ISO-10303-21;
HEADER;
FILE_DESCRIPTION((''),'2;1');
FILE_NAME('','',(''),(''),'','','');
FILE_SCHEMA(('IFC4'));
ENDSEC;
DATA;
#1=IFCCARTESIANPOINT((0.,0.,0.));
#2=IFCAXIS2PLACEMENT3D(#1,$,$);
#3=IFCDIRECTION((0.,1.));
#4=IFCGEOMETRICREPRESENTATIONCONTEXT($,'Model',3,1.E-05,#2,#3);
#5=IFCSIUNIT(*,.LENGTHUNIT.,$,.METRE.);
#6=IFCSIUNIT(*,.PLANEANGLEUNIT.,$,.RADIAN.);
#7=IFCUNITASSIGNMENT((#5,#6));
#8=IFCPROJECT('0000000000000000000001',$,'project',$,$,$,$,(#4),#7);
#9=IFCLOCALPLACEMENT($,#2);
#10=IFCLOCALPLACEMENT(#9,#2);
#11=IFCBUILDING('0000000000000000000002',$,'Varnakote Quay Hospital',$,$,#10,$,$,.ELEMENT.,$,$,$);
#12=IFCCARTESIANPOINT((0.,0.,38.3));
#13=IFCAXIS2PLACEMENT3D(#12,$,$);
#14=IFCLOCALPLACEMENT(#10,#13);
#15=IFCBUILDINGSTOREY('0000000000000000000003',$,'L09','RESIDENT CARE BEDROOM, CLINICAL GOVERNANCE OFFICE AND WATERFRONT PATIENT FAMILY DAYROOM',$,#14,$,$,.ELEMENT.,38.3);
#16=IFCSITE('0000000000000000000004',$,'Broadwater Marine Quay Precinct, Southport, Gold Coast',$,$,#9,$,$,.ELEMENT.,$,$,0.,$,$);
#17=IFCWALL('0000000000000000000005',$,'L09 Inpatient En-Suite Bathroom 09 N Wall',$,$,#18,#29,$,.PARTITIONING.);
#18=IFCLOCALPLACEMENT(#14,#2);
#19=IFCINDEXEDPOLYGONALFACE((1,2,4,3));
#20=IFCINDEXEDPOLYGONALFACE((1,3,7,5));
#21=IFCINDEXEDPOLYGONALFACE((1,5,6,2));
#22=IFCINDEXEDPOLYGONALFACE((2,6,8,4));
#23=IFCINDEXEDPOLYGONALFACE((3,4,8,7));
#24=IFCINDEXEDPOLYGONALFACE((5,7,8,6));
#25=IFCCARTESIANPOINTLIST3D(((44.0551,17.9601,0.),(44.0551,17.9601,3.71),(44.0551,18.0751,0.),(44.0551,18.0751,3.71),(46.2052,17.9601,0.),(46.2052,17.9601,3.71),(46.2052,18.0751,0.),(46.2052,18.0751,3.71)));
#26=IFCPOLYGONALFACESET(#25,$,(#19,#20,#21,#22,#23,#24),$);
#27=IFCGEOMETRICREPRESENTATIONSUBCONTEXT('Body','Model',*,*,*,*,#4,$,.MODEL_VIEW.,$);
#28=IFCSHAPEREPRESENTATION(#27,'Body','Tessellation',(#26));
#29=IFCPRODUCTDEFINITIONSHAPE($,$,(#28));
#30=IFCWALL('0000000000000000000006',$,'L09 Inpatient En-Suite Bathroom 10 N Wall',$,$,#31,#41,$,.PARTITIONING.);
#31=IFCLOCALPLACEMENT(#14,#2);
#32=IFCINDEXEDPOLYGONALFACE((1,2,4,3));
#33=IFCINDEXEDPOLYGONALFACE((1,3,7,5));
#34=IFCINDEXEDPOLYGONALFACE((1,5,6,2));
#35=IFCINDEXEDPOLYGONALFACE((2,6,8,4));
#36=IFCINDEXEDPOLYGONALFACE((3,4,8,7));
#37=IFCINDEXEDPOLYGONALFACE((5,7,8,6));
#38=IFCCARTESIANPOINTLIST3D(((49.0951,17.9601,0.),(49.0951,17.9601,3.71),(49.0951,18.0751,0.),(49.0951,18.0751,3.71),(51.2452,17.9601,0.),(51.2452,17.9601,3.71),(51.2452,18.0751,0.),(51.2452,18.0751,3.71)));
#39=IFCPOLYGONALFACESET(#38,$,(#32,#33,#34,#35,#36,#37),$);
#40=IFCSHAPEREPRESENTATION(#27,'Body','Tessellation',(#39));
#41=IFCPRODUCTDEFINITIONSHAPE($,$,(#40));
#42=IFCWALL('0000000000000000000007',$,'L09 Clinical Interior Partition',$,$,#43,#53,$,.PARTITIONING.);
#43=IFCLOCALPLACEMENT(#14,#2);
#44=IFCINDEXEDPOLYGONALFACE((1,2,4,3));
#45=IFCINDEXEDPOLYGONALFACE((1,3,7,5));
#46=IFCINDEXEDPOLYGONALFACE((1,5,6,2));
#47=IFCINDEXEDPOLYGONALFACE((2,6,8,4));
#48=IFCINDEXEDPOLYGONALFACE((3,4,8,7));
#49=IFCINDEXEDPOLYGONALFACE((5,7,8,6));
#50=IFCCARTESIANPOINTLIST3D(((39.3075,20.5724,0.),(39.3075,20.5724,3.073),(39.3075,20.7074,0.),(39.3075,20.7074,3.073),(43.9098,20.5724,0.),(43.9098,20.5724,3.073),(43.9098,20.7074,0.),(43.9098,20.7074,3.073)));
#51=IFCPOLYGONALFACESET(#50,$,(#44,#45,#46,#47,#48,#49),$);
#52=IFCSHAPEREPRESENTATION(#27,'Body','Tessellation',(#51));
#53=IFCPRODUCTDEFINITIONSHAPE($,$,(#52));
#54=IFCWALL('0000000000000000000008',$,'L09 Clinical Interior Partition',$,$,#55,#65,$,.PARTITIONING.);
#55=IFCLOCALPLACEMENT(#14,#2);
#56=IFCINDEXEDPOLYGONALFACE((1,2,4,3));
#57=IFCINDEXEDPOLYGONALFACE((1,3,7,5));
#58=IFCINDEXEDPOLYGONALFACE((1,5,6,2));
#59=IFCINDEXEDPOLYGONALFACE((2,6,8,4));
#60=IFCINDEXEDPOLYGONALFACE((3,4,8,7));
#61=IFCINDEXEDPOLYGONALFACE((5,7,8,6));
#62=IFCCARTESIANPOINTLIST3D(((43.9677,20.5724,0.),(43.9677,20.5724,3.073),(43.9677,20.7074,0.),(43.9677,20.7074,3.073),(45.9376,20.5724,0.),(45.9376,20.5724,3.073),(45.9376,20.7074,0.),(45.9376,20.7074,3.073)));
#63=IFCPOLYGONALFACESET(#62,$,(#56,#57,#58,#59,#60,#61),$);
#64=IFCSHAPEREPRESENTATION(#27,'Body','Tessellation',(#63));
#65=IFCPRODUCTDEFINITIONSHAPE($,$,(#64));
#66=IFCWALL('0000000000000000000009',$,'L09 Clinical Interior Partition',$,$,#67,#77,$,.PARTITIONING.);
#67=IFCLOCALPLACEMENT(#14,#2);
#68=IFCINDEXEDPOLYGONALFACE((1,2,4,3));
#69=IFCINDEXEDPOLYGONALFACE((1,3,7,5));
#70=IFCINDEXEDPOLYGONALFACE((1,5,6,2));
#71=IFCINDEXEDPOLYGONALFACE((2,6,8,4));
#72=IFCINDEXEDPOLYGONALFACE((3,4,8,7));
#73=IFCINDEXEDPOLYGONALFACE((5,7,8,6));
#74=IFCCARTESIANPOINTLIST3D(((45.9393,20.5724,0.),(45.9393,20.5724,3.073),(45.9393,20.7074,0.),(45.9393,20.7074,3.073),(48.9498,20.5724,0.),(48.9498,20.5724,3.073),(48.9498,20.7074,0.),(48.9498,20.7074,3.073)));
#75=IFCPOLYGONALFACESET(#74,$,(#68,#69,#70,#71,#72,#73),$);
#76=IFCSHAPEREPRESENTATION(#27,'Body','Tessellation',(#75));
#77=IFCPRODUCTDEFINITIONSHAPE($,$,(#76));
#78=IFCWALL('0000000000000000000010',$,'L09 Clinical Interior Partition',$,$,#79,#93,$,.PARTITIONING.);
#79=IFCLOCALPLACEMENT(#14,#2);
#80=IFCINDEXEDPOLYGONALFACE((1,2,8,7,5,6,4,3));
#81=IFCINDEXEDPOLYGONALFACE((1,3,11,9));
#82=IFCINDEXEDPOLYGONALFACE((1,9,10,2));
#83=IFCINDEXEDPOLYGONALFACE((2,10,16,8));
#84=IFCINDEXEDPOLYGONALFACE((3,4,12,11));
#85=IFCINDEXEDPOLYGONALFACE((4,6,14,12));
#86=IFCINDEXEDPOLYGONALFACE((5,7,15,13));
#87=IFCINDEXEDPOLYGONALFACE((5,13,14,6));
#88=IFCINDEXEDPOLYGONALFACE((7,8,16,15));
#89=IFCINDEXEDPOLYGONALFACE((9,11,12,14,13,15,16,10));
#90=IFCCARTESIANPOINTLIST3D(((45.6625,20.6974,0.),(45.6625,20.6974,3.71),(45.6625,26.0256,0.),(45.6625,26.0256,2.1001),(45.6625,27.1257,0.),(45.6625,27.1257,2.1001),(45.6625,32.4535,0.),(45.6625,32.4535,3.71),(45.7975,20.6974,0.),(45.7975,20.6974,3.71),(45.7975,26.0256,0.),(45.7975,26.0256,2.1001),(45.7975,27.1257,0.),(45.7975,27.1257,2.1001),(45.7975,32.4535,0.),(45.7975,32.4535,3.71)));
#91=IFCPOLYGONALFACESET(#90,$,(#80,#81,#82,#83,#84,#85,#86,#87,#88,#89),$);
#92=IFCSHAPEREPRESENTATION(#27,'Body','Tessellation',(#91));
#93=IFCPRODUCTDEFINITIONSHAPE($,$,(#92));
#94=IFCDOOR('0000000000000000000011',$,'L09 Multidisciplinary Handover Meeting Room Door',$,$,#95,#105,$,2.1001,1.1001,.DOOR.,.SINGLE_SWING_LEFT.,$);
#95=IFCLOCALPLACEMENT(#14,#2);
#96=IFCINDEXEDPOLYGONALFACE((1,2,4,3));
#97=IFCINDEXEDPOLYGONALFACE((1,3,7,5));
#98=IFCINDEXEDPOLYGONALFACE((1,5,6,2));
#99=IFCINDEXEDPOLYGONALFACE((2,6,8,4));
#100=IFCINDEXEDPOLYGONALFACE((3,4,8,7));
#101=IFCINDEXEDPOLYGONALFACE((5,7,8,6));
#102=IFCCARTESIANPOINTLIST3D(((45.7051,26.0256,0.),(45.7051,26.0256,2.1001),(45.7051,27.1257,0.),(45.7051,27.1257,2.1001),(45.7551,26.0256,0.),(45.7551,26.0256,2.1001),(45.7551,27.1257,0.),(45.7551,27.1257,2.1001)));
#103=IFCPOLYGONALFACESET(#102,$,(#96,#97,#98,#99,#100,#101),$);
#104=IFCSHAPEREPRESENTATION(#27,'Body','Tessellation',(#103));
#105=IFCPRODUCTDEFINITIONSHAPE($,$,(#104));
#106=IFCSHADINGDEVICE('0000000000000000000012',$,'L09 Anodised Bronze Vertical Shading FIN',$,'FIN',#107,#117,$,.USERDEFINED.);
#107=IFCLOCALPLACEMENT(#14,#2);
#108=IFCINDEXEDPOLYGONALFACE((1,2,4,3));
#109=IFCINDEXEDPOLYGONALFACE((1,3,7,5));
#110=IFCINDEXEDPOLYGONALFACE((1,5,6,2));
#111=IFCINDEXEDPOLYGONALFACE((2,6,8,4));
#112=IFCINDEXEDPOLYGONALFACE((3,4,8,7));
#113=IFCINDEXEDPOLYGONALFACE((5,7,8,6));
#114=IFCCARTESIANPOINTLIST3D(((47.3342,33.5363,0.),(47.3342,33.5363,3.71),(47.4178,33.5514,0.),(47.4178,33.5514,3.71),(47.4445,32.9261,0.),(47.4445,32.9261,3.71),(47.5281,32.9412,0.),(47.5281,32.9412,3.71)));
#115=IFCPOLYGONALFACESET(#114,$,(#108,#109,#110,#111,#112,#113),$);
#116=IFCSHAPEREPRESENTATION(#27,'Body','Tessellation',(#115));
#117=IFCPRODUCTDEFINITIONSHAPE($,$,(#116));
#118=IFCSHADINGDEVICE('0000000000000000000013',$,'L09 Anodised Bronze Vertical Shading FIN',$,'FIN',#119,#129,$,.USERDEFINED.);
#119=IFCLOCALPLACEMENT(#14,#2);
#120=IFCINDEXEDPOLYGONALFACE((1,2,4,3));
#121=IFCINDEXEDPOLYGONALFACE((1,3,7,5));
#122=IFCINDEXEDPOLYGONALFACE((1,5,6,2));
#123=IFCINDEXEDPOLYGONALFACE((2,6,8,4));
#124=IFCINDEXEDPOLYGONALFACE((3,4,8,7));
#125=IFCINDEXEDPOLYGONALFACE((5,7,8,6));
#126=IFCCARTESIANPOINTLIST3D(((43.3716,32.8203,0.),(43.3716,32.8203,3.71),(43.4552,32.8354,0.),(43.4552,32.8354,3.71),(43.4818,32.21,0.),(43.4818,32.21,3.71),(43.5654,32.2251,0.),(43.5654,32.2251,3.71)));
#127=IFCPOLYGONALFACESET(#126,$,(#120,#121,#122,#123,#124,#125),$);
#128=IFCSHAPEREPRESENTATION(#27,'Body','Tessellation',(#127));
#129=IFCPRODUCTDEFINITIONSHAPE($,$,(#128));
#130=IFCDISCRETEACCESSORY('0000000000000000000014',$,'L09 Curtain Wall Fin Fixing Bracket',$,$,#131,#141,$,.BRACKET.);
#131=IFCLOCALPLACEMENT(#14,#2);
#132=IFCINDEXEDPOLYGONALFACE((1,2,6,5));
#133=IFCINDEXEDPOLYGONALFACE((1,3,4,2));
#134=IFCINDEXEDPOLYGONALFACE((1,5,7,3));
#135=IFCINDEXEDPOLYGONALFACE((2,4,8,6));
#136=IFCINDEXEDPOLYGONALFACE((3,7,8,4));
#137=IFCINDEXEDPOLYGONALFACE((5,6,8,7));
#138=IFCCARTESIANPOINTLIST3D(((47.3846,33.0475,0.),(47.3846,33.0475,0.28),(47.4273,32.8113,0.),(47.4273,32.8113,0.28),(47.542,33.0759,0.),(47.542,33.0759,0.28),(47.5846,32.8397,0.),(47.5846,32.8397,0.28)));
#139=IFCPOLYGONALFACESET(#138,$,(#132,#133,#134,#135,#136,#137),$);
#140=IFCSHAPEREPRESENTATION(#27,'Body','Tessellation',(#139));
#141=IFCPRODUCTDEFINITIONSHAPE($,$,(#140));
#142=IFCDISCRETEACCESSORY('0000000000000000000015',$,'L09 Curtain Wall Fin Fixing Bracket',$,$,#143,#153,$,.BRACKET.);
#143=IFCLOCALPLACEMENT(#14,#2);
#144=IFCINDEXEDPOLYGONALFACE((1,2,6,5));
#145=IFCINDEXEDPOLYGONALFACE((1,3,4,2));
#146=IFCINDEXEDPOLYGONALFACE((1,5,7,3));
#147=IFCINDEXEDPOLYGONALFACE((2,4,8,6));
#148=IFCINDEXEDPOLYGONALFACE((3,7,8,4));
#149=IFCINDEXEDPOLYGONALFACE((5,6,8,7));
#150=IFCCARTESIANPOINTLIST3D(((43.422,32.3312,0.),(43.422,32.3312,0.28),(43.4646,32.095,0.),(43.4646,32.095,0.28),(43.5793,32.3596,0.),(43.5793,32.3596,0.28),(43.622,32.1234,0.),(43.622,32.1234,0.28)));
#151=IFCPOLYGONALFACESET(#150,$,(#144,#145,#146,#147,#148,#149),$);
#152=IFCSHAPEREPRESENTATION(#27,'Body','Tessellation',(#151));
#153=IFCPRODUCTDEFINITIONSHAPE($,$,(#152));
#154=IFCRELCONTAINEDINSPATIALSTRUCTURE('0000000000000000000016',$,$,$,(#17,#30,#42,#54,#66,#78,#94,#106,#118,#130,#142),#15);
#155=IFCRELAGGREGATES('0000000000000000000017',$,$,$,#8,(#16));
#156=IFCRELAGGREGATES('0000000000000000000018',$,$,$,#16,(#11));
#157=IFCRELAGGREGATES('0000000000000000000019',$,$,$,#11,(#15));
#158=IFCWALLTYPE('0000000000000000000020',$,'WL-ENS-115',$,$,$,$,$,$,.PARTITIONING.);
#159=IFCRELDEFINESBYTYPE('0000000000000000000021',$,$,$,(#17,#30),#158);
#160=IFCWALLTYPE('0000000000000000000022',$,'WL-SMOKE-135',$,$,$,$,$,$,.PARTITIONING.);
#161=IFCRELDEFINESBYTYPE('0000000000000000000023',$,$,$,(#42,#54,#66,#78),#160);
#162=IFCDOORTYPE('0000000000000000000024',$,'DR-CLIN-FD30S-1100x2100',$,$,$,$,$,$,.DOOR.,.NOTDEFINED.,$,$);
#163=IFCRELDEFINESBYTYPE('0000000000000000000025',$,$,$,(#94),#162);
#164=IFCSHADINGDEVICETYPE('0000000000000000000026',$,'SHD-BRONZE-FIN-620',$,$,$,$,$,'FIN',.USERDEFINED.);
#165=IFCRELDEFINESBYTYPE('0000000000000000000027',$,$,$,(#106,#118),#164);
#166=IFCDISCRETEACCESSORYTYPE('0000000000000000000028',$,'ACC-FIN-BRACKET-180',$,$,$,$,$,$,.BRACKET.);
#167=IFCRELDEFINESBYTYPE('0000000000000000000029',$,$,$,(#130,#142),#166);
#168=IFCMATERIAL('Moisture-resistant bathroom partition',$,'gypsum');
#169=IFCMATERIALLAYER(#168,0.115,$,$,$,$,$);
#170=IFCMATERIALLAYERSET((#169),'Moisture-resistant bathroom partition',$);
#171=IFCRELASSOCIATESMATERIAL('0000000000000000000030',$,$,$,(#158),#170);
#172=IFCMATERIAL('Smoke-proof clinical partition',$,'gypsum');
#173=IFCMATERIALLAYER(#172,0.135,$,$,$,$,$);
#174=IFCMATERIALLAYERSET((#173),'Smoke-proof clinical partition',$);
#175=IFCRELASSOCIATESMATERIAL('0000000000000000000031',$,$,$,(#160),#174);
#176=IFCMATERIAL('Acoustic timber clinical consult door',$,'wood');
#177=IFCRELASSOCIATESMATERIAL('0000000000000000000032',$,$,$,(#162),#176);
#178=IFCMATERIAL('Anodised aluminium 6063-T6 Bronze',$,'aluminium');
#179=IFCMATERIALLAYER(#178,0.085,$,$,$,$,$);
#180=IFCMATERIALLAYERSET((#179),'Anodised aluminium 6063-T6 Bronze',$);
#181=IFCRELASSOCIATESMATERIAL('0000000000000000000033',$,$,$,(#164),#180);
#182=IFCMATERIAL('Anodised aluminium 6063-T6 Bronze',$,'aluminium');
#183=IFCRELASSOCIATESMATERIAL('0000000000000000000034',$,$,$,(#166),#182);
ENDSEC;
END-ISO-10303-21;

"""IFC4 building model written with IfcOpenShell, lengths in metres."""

from ifc_helpers import new_model, si_unit, direction, frame, frame_2d, origin, origin_2d, place, context, subcontext, project, spatial, rectangle, extrude, material, layer, layer_set, type_object, element, fill, save


model = new_model("IFC4")

# Units and contexts
model_context = context("Model", 3, precision=1e-05, world=origin(), true_north=direction((0.0, 1.0)))
body_context = subcontext(model_context, "Body", "Model", "MODEL_VIEW")
ifc_project = project(units=[si_unit("LENGTHUNIT", "METRE"), si_unit("PLANEANGLEUNIT", "RADIAN")], contexts=[model_context])

# Site, building, storey
site_placement = place(None, origin())
site = spatial("IfcSite", under=ifc_project, at=site_placement, Name="Broadwater Marine Quay Precinct, Southport, Gold Coast", CompositionType="ELEMENT", RefElevation=0.0)
building_placement = place(site_placement, origin())
building = spatial("IfcBuilding", under=site, at=building_placement, Name="Varnakote Quay Hospital", CompositionType="ELEMENT")
storey_placement = place(building_placement, frame((0.0, 0.0, 38.3)))
storey = spatial("IfcBuildingStorey", under=building, at=storey_placement, Name="L09", Description="RESIDENT CARE BEDROOM, CLINICAL GOVERNANCE OFFICE AND WATERFRONT PATIENT FAMILY DAYROOM", CompositionType="ELEMENT", Elevation=38.3)

# Walls
ifc_material_1 = material(Name="Moisture-resistant bathroom partition", Category="gypsum")
ifc_layer_1 = layer(ifc_material_1, 0.115)
ifc_layer_set_1 = layer_set([ifc_layer_1], Name="Moisture-resistant bathroom partition")
wall_type_1 = type_object("IfcWallType", Name="WL-ENS-115", PredefinedType="PARTITIONING", material=ifc_layer_set_1)
for number, where, z_axis, x_axis, name in (
    (1, (44.0549, 18.0176, 0.0), (0.0, 0.0, 1.0), (1.0, 0.0, 0.0), "L09 Inpatient En-Suite Bathroom 09 N Wall"),
    (2, (49.095, 18.0176, 0.0), (0.0, 0.0, 1.0), (1.0, 0.0, 0.0), "L09 Inpatient En-Suite Bathroom 10 N Wall"),
):
    element("IfcWall", number, at=place(storey_placement, frame(where, z_axis=z_axis, x_axis=x_axis)), inside=storey, type_object=wall_type_1, Name=name, PredefinedType="PARTITIONING", context=body_context, shape_type="SweptSolid", body=[
        extrude(rectangle(XDim=2.1501, YDim=0.115, at=frame_2d((1.0752, 0.0))), origin(), (0.0, 0.0, 1.0), 3.71),
    ])
ifc_material_2 = material(Name="Smoke-proof clinical partition", Category="gypsum")
ifc_layer_2 = layer(ifc_material_2, 0.135)
ifc_layer_set_2 = layer_set([ifc_layer_2], Name="Smoke-proof clinical partition")
wall_type_2 = type_object("IfcWallType", Name="WL-SMOKE-135", PredefinedType="PARTITIONING", material=ifc_layer_set_2)
wall_1_placement = place(storey_placement, frame((43.9099, 20.6399, 0.0), z_axis=(0.0, 0.0, 1.0), x_axis=(-1.0, 0.0, 0.0)))
element("IfcWall", 3, at=wall_1_placement, inside=storey, type_object=wall_type_2, Name="L09 Clinical Interior Partition", PredefinedType="PARTITIONING", context=body_context, shape_type="SweptSolid", body=[
    extrude(rectangle(XDim=4.6023, YDim=0.135, at=frame_2d((2.3013, 0.0))), origin(), (0.0, 0.0, 1.0), 3.073),
])
wall_2_placement = place(storey_placement, frame((45.9375, 20.6399, 0.0), z_axis=(0.0, 0.0, 1.0), x_axis=(-1.0, 0.0, 0.0)))
element("IfcWall", 4, at=wall_2_placement, inside=storey, type_object=wall_type_2, Name="L09 Clinical Interior Partition", PredefinedType="PARTITIONING", context=body_context, shape_type="SweptSolid", body=[
    extrude(rectangle(XDim=1.97, YDim=0.135, at=frame_2d((0.9849, 0.0))), origin(), (0.0, 0.0, 1.0), 3.073),
])
wall_3_placement = place(storey_placement, frame((48.95, 20.6399, 0.0), z_axis=(0.0, 0.0, 1.0), x_axis=(-1.0, 0.0, 0.0)))
element("IfcWall", 5, at=wall_3_placement, inside=storey, type_object=wall_type_2, Name="L09 Clinical Interior Partition", PredefinedType="PARTITIONING", context=body_context, shape_type="SweptSolid", body=[
    extrude(rectangle(XDim=3.0105, YDim=0.135, at=frame_2d((1.5054, 0.0))), origin(), (0.0, 0.0, 1.0), 3.073),
])

# Wall, opening, door
wall_4_placement = place(storey_placement, frame((45.73, 20.6975, 0.0), z_axis=(0.0, 0.0, 1.0), x_axis=(0.0, 1.0, 0.0)))
wall_4 = element("IfcWall", 6, at=wall_4_placement, inside=storey, type_object=wall_type_2, Name="L09 Clinical Interior Partition", PredefinedType="PARTITIONING", context=body_context, shape_type="SweptSolid", body=[
    extrude(rectangle(XDim=11.7561, YDim=0.135, at=frame_2d((5.8779, 0.0))), origin(), (0.0, 0.0, 1.0), 3.71),
])
opening_placement = place(wall_4_placement, frame((5.3281, 0.0, 0.0)))
opening = element("IfcOpeningElement", 7, at=opening_placement, cuts=wall_4, PredefinedType="OPENING", context=body_context, shape_type="SweptSolid", body=[
    extrude(rectangle(XDim=1.1001, YDim=2.1001, at=frame_2d((0.55, 1.05))), frame((0.0, 0.0774, 0.0), z_axis=(0.0, -1.0, 0.0), x_axis=(1.0, 0.0, 0.0)), (0.0, 0.0, 1.0), 0.155),
])
ifc_material_3 = material(Name="Acoustic timber clinical consult door", Category="wood")
door_type = type_object("IfcDoorType", Name="DR-CLIN-FD30S-1100x2100", OperationType="NOTDEFINED", PredefinedType="DOOR", material=ifc_material_3)
door_placement = place(opening_placement, origin())
door = element("IfcDoor", 8, at=door_placement, inside=storey, type_object=door_type, Name="L09 Multidisciplinary Handover Meeting Room Door", OperationType="SINGLE_SWING_LEFT", OverallHeight=2.1001, OverallWidth=1.1001, PredefinedType="DOOR", context=body_context, shape_type="SweptSolid", body=[
    extrude(rectangle(XDim=1.1001, YDim=2.1001, at=frame_2d((0.55, 1.05))), frame((0.0, 0.0249, 0.0), z_axis=(0.0, -1.0, 0.0), x_axis=(1.0, 0.0, 0.0)), (0.0, 0.0, 1.0), 0.05),
])
fill(opening, door)

# Shading devices
ifc_material_4 = material(Name="Anodised aluminium 6063-T6 Bronze", Category="aluminium")
ifc_layer_3 = layer(ifc_material_4, 0.085)
ifc_layer_set_3 = layer_set([ifc_layer_3], Name="Anodised aluminium 6063-T6 Bronze")
shading_device_type = type_object("IfcShadingDeviceType", Name="SHD-BRONZE-FIN-620", ElementType="FIN", PredefinedType="USERDEFINED", material=ifc_layer_set_3)
for number, where, z_axis, x_axis, name in (
    (9, (47.4312, 33.2388, 0.0), (0.0, 0.0, 1.0), (0.177772, -0.984072, 0.0), "L09 Anodised Bronze Vertical Shading FIN"),
    (10, (43.4685, 32.5227, 0.0), (0.0, 0.0, 1.0), (0.177772, -0.984072, 0.0), "L09 Anodised Bronze Vertical Shading FIN"),
):
    element("IfcShadingDevice", number, at=place(storey_placement, frame(where, z_axis=z_axis, x_axis=x_axis)), inside=storey, type_object=shading_device_type, Name=name, ObjectType="FIN", PredefinedType="USERDEFINED", context=body_context, shape_type="SweptSolid", body=[
        extrude(rectangle(XDim=0.6201, YDim=0.085, at=origin_2d()), origin(), (0.0, 0.0, 1.0), 3.71),
    ])

# Discrete accessories
ifc_material_5 = material(Name="Anodised aluminium 6063-T6 Bronze", Category="aluminium")
discrete_accessory_type = type_object("IfcDiscreteAccessoryType", Name="ACC-FIN-BRACKET-180", PredefinedType="BRACKET", material=ifc_material_5)
for number, where, z_axis, x_axis, name in (
    (11, (47.4846, 32.9436, 0.0), (0.0, 0.0, 1.0), (-0.984072, -0.177772, 0.0), "L09 Curtain Wall Fin Fixing Bracket"),
    (12, (43.522, 32.2273, 0.0), (0.0, 0.0, 1.0), (-0.984072, -0.177772, 0.0), "L09 Curtain Wall Fin Fixing Bracket"),
):
    element("IfcDiscreteAccessory", number, at=place(storey_placement, frame(where, z_axis=z_axis, x_axis=x_axis)), inside=storey, type_object=discrete_accessory_type, Name=name, PredefinedType="BRACKET", context=body_context, shape_type="SweptSolid", body=[
        extrude(rectangle(XDim=0.1599, YDim=0.24, at=origin_2d()), origin(), (0.0, 0.0, 1.0), 0.28),
    ])

save(model, "model.ifc")
